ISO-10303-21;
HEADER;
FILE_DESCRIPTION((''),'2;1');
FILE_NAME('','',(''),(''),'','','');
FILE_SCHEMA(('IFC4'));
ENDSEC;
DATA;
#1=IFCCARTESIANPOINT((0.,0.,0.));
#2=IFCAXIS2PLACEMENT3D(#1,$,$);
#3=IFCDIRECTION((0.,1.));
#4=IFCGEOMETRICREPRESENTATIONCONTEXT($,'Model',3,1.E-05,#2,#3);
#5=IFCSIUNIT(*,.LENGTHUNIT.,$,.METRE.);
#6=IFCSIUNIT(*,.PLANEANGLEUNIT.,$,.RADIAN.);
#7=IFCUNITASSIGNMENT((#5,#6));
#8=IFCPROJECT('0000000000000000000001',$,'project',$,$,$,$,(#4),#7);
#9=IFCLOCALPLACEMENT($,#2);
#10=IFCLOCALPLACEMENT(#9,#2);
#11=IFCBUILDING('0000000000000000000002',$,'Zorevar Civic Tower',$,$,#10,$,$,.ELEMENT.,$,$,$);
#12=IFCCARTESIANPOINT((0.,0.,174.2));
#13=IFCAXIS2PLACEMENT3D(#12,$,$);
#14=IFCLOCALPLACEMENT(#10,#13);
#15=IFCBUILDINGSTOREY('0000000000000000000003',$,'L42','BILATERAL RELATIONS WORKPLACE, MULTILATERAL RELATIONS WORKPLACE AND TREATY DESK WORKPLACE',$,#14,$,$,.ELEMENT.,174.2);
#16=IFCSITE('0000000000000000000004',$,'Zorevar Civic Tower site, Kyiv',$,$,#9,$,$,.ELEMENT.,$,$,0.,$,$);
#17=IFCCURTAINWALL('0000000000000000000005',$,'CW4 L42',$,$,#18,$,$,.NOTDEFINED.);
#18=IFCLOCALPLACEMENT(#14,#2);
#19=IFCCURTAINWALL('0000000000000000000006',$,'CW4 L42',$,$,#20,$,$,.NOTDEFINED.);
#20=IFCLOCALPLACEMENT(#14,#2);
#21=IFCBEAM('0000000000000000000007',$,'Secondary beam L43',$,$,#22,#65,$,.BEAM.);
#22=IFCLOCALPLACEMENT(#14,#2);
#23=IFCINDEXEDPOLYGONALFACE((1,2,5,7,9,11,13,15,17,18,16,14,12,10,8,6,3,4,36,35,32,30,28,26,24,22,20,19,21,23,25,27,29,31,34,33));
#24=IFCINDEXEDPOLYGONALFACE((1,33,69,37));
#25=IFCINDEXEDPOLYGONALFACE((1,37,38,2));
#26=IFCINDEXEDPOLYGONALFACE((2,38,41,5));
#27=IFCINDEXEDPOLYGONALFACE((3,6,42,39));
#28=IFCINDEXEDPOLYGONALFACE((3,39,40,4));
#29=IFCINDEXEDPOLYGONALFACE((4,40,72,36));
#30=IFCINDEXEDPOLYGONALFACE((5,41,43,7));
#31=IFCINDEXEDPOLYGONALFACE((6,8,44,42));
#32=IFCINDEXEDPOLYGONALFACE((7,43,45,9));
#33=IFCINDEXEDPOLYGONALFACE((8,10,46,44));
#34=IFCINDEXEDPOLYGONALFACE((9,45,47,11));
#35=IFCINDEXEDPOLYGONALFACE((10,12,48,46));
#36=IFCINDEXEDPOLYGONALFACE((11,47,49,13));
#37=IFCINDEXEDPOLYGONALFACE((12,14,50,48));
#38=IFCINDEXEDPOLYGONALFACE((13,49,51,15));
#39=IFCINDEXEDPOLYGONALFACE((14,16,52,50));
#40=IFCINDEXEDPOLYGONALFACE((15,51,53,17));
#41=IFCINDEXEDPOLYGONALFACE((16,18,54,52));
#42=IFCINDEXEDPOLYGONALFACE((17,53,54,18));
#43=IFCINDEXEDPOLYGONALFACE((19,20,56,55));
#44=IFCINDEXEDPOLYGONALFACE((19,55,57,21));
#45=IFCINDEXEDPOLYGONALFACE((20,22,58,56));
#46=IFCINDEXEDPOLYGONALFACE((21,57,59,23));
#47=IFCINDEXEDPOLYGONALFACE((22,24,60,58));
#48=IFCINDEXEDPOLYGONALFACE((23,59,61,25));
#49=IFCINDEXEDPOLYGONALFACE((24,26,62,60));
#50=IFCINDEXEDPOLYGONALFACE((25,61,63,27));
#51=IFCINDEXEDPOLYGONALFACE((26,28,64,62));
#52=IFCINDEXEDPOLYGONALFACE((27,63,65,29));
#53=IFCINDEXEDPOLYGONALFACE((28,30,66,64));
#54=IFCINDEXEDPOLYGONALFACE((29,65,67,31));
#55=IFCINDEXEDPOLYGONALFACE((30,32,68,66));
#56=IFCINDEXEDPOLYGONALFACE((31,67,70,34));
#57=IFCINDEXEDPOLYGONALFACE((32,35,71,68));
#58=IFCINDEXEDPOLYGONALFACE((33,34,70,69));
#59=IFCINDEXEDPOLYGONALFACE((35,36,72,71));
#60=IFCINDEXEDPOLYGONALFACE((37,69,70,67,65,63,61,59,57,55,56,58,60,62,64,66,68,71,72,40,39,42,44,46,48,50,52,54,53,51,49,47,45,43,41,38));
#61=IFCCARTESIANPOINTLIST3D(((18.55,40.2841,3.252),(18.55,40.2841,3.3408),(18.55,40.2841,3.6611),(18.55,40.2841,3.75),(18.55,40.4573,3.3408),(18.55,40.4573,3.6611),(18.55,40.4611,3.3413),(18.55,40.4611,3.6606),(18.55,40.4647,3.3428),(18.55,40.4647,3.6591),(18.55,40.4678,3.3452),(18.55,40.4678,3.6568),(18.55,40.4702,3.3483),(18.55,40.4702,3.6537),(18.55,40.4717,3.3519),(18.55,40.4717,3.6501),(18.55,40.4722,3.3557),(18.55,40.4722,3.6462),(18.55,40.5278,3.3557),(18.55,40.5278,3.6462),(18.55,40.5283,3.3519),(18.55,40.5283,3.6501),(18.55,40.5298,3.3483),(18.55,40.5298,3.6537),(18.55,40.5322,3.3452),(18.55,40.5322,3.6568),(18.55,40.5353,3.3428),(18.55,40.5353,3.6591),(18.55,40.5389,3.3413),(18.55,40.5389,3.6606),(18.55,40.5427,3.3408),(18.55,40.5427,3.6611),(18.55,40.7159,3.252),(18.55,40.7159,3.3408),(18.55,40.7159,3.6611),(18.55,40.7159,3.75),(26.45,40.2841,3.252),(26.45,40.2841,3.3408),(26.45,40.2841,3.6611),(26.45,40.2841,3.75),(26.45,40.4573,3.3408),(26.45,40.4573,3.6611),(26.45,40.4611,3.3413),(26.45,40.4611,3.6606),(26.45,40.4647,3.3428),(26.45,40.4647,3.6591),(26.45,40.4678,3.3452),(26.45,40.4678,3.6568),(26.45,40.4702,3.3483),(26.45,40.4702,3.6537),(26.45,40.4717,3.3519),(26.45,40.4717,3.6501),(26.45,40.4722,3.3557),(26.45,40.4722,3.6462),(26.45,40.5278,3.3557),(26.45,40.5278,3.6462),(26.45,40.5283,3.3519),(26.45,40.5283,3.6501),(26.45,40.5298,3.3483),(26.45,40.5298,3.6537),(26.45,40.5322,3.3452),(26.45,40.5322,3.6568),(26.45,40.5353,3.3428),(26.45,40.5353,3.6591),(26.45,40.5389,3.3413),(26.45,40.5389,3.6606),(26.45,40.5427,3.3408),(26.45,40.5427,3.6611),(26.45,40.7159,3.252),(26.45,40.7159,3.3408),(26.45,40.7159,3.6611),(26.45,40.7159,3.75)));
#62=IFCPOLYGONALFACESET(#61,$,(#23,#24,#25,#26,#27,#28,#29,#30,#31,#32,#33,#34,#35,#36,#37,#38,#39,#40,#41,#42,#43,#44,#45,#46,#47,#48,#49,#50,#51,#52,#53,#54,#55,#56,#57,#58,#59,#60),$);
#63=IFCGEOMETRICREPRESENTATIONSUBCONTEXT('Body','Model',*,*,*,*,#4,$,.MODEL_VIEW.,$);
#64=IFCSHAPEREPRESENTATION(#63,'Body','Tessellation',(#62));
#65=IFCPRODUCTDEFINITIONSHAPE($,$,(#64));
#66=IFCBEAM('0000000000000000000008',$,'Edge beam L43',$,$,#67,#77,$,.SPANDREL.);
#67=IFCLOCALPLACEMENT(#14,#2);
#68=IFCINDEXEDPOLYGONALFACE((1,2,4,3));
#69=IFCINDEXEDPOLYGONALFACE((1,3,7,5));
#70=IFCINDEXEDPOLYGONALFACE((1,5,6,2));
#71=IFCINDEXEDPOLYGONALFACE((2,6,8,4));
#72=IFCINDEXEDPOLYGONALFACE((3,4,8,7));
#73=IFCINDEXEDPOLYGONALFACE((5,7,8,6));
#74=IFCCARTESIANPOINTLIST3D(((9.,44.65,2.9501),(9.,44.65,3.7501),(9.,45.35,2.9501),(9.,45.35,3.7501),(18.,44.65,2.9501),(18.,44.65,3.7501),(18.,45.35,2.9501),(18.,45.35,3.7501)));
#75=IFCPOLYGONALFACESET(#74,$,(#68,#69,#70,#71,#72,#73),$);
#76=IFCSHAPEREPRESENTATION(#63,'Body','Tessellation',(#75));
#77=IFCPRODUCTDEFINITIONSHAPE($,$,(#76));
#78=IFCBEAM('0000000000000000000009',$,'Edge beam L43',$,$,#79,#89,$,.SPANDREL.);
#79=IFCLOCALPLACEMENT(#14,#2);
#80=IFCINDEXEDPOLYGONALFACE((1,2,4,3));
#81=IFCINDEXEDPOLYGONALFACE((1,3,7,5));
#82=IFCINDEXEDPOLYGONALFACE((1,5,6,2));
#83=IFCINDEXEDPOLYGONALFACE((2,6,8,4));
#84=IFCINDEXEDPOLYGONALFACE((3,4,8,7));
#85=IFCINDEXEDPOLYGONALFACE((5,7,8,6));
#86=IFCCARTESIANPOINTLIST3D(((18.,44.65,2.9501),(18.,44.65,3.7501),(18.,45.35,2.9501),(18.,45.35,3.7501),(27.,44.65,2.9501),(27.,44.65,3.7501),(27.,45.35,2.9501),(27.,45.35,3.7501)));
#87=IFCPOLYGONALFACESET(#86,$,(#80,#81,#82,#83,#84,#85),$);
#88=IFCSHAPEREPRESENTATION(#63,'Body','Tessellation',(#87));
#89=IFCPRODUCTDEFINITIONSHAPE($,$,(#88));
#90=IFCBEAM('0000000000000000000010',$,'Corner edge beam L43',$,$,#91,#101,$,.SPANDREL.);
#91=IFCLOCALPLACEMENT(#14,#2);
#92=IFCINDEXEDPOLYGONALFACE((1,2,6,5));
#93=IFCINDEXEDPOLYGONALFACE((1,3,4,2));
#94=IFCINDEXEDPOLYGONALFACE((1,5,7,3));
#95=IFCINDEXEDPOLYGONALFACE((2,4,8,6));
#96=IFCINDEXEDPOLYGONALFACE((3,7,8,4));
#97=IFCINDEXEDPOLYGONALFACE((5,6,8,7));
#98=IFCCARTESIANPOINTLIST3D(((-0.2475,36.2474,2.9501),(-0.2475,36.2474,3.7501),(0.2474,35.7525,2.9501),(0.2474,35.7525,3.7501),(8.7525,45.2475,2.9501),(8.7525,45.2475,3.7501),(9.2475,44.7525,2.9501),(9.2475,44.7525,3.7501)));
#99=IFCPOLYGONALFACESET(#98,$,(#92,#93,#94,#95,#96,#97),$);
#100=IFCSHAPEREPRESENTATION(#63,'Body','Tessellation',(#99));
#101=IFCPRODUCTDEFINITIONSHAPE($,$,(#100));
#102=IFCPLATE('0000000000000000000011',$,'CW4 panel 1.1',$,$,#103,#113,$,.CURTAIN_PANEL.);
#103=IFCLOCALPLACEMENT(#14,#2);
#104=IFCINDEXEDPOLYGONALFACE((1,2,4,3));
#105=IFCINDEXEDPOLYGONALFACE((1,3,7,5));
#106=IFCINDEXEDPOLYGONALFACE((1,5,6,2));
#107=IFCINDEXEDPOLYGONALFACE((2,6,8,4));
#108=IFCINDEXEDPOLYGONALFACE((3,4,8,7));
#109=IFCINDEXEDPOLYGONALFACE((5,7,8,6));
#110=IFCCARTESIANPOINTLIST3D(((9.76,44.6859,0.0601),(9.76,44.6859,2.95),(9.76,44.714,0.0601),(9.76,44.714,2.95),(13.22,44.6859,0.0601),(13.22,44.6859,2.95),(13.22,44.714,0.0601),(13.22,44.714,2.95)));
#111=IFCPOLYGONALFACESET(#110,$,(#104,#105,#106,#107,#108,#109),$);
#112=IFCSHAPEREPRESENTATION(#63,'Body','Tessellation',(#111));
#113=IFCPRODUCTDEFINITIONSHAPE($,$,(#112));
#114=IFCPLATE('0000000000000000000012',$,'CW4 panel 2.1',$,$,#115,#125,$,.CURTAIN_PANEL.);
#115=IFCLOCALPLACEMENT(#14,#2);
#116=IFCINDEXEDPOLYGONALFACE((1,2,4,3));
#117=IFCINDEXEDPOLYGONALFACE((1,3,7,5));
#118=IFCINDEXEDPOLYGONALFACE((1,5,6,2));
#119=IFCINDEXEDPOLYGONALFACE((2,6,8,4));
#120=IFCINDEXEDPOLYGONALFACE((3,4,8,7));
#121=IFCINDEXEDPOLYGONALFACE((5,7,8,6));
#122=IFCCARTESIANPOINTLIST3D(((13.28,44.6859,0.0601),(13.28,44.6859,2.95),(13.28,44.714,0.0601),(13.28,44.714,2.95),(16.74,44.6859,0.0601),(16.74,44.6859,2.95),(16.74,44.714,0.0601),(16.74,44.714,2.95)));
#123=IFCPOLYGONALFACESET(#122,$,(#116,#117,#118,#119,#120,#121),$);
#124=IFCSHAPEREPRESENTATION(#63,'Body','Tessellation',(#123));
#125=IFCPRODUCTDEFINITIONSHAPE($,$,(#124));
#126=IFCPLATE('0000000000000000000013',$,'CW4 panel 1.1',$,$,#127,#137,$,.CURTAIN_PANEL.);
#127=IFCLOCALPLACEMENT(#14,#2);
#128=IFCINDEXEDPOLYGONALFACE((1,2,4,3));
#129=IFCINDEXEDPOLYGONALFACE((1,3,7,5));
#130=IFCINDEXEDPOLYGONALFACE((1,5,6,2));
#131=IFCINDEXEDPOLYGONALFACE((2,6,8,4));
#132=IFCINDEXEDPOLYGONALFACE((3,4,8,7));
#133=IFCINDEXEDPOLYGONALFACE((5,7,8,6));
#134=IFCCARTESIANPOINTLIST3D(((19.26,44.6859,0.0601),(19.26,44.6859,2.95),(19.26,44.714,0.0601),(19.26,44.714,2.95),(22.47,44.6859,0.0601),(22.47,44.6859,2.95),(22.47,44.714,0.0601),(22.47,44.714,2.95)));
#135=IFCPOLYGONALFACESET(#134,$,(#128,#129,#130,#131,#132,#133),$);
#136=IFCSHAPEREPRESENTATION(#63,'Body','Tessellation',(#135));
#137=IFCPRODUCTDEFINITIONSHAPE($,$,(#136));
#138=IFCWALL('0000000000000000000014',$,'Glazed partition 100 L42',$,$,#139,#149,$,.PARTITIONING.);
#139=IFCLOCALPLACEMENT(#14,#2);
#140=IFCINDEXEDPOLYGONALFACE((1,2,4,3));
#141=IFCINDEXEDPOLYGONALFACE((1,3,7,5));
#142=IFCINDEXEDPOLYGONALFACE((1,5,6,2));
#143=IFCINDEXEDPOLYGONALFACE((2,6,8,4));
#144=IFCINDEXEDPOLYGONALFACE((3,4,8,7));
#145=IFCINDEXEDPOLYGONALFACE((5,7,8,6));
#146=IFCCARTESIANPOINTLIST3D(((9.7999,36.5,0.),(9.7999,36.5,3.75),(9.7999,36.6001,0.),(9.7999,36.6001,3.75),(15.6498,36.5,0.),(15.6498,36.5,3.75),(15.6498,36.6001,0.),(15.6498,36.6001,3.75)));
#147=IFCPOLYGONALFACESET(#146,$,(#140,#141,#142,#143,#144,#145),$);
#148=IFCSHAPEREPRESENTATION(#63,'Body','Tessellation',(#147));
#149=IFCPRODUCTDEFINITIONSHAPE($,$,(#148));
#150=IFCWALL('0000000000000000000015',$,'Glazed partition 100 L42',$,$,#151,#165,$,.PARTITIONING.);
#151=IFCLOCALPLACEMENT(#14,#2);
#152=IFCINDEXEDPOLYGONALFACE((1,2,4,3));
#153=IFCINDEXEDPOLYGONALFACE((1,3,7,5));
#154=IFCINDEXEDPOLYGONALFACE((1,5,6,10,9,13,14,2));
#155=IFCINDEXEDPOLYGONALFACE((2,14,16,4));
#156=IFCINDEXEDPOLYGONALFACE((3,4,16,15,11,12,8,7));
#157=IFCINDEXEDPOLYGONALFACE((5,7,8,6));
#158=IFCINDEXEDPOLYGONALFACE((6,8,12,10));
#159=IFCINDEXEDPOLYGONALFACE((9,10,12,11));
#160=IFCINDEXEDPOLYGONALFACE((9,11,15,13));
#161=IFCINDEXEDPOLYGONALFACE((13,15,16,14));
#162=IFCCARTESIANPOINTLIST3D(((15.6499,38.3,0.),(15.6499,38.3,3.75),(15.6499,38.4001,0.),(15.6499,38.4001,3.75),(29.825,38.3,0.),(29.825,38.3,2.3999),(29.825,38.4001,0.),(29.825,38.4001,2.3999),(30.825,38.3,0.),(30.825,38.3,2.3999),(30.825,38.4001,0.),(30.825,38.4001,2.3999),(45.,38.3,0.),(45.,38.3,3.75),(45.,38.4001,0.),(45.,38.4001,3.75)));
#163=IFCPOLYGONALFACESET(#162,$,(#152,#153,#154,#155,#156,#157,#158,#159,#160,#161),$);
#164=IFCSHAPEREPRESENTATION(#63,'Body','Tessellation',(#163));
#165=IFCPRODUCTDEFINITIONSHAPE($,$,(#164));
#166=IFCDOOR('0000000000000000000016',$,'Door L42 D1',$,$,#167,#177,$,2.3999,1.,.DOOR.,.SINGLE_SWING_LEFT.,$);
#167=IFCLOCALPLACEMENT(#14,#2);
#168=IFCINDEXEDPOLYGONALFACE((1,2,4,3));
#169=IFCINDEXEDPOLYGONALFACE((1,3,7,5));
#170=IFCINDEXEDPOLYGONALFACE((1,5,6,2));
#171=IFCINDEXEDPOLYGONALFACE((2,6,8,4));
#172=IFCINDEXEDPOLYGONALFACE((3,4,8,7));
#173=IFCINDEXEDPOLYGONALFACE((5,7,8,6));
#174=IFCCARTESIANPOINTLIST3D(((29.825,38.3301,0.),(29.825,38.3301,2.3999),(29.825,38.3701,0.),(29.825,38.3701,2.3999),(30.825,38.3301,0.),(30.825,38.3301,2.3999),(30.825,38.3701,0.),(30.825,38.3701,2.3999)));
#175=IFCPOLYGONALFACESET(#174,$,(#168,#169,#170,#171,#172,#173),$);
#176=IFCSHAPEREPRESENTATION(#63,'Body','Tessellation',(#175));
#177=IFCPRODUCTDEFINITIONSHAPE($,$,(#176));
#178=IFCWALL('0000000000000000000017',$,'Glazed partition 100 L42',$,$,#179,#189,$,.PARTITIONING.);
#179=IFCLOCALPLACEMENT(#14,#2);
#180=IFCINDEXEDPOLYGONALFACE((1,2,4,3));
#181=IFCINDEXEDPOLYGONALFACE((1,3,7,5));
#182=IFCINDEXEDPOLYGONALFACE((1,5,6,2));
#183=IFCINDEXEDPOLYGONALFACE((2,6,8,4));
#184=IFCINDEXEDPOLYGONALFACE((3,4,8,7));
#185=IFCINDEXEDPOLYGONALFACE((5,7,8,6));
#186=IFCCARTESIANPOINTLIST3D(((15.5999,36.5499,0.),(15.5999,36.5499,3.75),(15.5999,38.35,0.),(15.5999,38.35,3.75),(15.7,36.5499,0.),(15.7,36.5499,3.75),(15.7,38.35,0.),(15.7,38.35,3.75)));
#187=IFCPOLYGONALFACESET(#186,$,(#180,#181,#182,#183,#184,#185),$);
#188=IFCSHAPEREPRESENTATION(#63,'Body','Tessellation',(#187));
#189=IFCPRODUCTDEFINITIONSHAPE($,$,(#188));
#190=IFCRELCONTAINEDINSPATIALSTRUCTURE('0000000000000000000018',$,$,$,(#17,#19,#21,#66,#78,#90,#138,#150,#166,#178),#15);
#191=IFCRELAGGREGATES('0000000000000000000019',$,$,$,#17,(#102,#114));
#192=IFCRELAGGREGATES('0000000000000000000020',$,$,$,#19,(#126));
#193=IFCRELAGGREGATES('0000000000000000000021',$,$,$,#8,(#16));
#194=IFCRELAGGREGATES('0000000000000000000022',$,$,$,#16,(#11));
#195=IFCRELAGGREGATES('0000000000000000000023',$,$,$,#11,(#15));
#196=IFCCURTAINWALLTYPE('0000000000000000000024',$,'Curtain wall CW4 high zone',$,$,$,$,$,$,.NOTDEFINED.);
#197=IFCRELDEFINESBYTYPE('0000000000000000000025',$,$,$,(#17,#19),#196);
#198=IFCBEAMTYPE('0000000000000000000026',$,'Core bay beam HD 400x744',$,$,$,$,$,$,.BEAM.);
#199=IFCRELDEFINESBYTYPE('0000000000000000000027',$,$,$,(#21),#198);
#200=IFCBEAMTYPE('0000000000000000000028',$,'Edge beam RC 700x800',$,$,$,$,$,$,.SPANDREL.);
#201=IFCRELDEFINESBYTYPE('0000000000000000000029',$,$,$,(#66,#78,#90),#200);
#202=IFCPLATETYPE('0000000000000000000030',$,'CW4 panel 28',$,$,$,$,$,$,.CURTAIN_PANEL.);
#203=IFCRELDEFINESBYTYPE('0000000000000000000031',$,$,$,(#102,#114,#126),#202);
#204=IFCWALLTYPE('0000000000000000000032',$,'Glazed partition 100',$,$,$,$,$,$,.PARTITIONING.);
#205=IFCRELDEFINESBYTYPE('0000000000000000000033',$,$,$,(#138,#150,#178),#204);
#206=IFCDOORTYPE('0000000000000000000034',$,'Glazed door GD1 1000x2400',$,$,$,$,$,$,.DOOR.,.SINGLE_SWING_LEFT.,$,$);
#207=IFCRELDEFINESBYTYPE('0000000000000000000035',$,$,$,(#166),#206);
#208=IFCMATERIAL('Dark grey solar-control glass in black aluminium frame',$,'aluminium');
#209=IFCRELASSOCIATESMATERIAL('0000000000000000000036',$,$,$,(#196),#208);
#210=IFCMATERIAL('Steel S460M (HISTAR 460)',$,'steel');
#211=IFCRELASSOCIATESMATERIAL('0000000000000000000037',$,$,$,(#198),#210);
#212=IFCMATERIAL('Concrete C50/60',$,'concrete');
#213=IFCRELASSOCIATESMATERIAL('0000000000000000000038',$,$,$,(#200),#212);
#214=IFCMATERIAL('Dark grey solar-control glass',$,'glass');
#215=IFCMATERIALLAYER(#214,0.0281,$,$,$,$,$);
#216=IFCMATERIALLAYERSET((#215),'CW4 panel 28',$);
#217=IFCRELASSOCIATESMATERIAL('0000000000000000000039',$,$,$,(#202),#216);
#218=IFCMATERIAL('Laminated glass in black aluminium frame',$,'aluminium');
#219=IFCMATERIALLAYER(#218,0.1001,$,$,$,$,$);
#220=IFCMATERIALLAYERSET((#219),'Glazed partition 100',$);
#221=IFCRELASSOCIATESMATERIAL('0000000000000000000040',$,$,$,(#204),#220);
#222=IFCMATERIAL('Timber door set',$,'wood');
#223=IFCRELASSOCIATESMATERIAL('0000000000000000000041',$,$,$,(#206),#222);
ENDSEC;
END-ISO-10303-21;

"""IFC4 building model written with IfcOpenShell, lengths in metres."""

from ifc_helpers import new_model, si_unit, direction, frame, frame_2d, origin, origin_2d, place, context, subcontext, project, spatial, rectangle, i_section, extrude, material, layer, layer_set, material_profile, profile_set, type_object, element, fill, aggregate, save


model = new_model("IFC4")

# Units and contexts
model_context = context("Model", 3, precision=1e-05, world=origin(), true_north=direction((0.0, 1.0)))
body_context = subcontext(model_context, "Body", "Model", "MODEL_VIEW")
ifc_project = project(units=[si_unit("LENGTHUNIT", "METRE"), si_unit("PLANEANGLEUNIT", "RADIAN")], contexts=[model_context])

# Site, building, storey
site_placement = place(None, origin())
site = spatial("IfcSite", under=ifc_project, at=site_placement, Name="Zorevar Civic Tower site, Kyiv", CompositionType="ELEMENT", RefElevation=0.0)
building_placement = place(site_placement, origin())
building = spatial("IfcBuilding", under=site, at=building_placement, Name="Zorevar Civic Tower", CompositionType="ELEMENT")
storey_placement = place(building_placement, frame((0.0, 0.0, 174.2)))
storey = spatial("IfcBuildingStorey", under=building, at=storey_placement, Name="L42", Description="BILATERAL RELATIONS WORKPLACE, MULTILATERAL RELATIONS WORKPLACE AND TREATY DESK WORKPLACE", CompositionType="ELEMENT", Elevation=174.2)

# Curtain wall
ifc_material_1 = material(Name="Dark grey solar-control glass in black aluminium frame", Category="aluminium")
curtain_wall_type = type_object("IfcCurtainWallType", Name="Curtain wall CW4 high zone", PredefinedType="NOTDEFINED", material=ifc_material_1)
curtain_wall_1_placement = place(storey_placement, origin())
curtain_wall_1 = element("IfcCurtainWall", 1, at=curtain_wall_1_placement, inside=storey, type_object=curtain_wall_type, Name="CW4 L42", PredefinedType="NOTDEFINED")

# Curtain wall
curtain_wall_2_placement = place(storey_placement, origin())
curtain_wall_2 = element("IfcCurtainWall", 2, at=curtain_wall_2_placement, inside=storey, type_object=curtain_wall_type, Name="CW4 L42", PredefinedType="NOTDEFINED")

# Beams
ifc_material_2 = material(Name="Steel S460M (HISTAR 460)", Category="steel")
ifc_material_profile_1 = material_profile(ifc_material_2, i_section(OverallWidth=0.4319, OverallDepth=0.498, WebThickness=0.0557, FlangeThickness=0.0889, FilletRadius=0.0149, at=origin_2d()), Name="HD 400x744")
ifc_profile_set_1 = profile_set([ifc_material_profile_1], Name="Steel S460M (HISTAR 460)")
beam_type_1 = type_object("IfcBeamType", Name="Core bay beam HD 400x744", PredefinedType="BEAM", material=ifc_profile_set_1)
beam_1_placement = place(storey_placement, frame((18.55, 40.5, 3.501), z_axis=(1.0, 0.0, 0.0), x_axis=(0.0, 1.0, 0.0)))
element("IfcBeam", 3, at=beam_1_placement, inside=storey, type_object=beam_type_1, Name="Secondary beam L43", PredefinedType="BEAM", context=body_context, shape_type="SweptSolid", body=[
    extrude(i_section(OverallWidth=0.4319, OverallDepth=0.498, WebThickness=0.0557, FlangeThickness=0.0889, FilletRadius=0.0149, at=origin_2d()), origin(), (0.0, 0.0, 1.0), 7.8999),
])
ifc_material_3 = material(Name="Concrete C50/60", Category="concrete")
ifc_material_profile_2 = material_profile(ifc_material_3, rectangle(XDim=0.7, YDim=0.8, at=origin_2d()), Name="RC 700x800")
ifc_profile_set_2 = profile_set([ifc_material_profile_2], Name="Concrete C50/60")
beam_type_2 = type_object("IfcBeamType", Name="Edge beam RC 700x800", PredefinedType="SPANDREL", material=ifc_profile_set_2)
for number, where, z_axis, x_axis, name in (
    (4, (9.0, 45.0, 3.3501), (1.0, 0.0, 0.0), (0.0, 1.0, 0.0), "Edge beam L43"),
    (5, (18.0, 45.0, 3.3501), (1.0, 0.0, 0.0), (0.0, 1.0, 0.0), "Edge beam L43"),
):
    element("IfcBeam", number, at=place(storey_placement, frame(where, z_axis=z_axis, x_axis=x_axis)), inside=storey, type_object=beam_type_2, Name=name, PredefinedType="SPANDREL", context=body_context, shape_type="SweptSolid", body=[
        extrude(rectangle(XDim=0.7, YDim=0.8, at=origin_2d()), origin(), (0.0, 0.0, 1.0), 9.0),
    ])
beam_2_placement = place(storey_placement, frame((9.0, 45.0, 3.3501), z_axis=(-0.707107, -0.707107, 0.0), x_axis=(0.707107, -0.707107, 0.0)))
element("IfcBeam", 6, at=beam_2_placement, inside=storey, type_object=beam_type_2, Name="Corner edge beam L43", PredefinedType="SPANDREL", context=body_context, shape_type="SweptSolid", body=[
    extrude(rectangle(XDim=0.7, YDim=0.8, at=origin_2d()), origin(), (0.0, 0.0, 1.0), 12.728),
])

# Plates
ifc_material_4 = material(Name="Dark grey solar-control glass", Category="glass")
ifc_layer_1 = layer(ifc_material_4, 0.0281)
ifc_layer_set_1 = layer_set([ifc_layer_1], Name="CW4 panel 28")
plate_type = type_object("IfcPlateType", Name="CW4 panel 28", PredefinedType="CURTAIN_PANEL", material=ifc_layer_set_1)
plate_1_placement = place(storey_placement, frame((11.49, 44.7, 0.0601), z_axis=(0.0, 0.0, 1.0), x_axis=(1.0, 0.0, 0.0)))
plate_1 = element("IfcPlate", 7, at=plate_1_placement, type_object=plate_type, Name="CW4 panel 1.1", PredefinedType="CURTAIN_PANEL", context=body_context, shape_type="SweptSolid", body=[
    extrude(rectangle(XDim=3.46, YDim=0.0281, at=origin_2d()), origin(), (0.0, 0.0, 1.0), 2.8899),
])
plate_2_placement = place(storey_placement, frame((15.01, 44.7, 0.0601), z_axis=(0.0, 0.0, 1.0), x_axis=(1.0, 0.0, 0.0)))
plate_2 = element("IfcPlate", 8, at=plate_2_placement, type_object=plate_type, Name="CW4 panel 2.1", PredefinedType="CURTAIN_PANEL", context=body_context, shape_type="SweptSolid", body=[
    extrude(rectangle(XDim=3.46, YDim=0.0281, at=origin_2d()), origin(), (0.0, 0.0, 1.0), 2.8899),
])
aggregate(curtain_wall_1, [plate_1, plate_2])
plate_3_placement = place(storey_placement, frame((20.865, 44.7, 0.0601), z_axis=(0.0, 0.0, 1.0), x_axis=(1.0, 0.0, 0.0)))
plate_3 = element("IfcPlate", 9, at=plate_3_placement, type_object=plate_type, Name="CW4 panel 1.1", PredefinedType="CURTAIN_PANEL", context=body_context, shape_type="SweptSolid", body=[
    extrude(rectangle(XDim=3.21, YDim=0.0281, at=origin_2d()), origin(), (0.0, 0.0, 1.0), 2.8899),
])
aggregate(curtain_wall_2, [plate_3])

# Wall
ifc_material_5 = material(Name="Laminated glass in black aluminium frame", Category="aluminium")
ifc_layer_2 = layer(ifc_material_5, 0.1001)
ifc_layer_set_2 = layer_set([ifc_layer_2], Name="Glazed partition 100")
wall_type_1 = type_object("IfcWallType", Name="Glazed partition 100", PredefinedType="PARTITIONING", material=ifc_layer_set_2)
wall_1_placement = place(storey_placement, frame((9.8, 36.55, 0.0), z_axis=(0.0, 0.0, 1.0), x_axis=(1.0, 0.0, 0.0)))
element("IfcWall", 10, at=wall_1_placement, inside=storey, type_object=wall_type_1, Name="Glazed partition 100 L42", PredefinedType="PARTITIONING", context=body_context, shape_type="SweptSolid", body=[
    extrude(rectangle(XDim=5.8499, YDim=0.1001, at=frame_2d((2.9248, 0.0))), origin(), (0.0, 0.0, 1.0), 3.75),
])

# Wall, opening, door
wall_2_placement = place(storey_placement, frame((15.6499, 38.3501, 0.0), z_axis=(0.0, 0.0, 1.0), x_axis=(1.0, 0.0, 0.0)))
wall_2 = element("IfcWall", 11, at=wall_2_placement, inside=storey, type_object=wall_type_1, Name="Glazed partition 100 L42", PredefinedType="PARTITIONING", context=body_context, shape_type="SweptSolid", body=[
    extrude(rectangle(XDim=29.3501, YDim=0.1001, at=frame_2d((14.675, 0.0))), origin(), (0.0, 0.0, 1.0), 3.75),
])
opening_1_placement = place(wall_2_placement, frame((14.175, 0.0, 0.0)))
opening_1 = element("IfcOpeningElement", 12, at=opening_1_placement, cuts=wall_2, PredefinedType="OPENING", context=body_context, shape_type="SweptSolid", body=[
    extrude(rectangle(XDim=1.0, YDim=2.3999, at=frame_2d((0.5, 1.2))), frame((0.0, 0.0601, 0.0), z_axis=(0.0, -1.0, 0.0), x_axis=(1.0, 0.0, 0.0)), (0.0, 0.0, 1.0), 0.1201),
])
ifc_material_6 = material(Name="Timber door set", Category="wood")
door_type_1 = type_object("IfcDoorType", Name="Glazed door GD1 1000x2400", OperationType="SINGLE_SWING_LEFT", PredefinedType="DOOR", material=ifc_material_6)
door_1_placement = place(opening_1_placement, origin())
door_1 = element("IfcDoor", 13, at=door_1_placement, inside=storey, type_object=door_type_1, Name="Door L42 D1", OperationType="SINGLE_SWING_LEFT", OverallHeight=2.3999, OverallWidth=1.0, PredefinedType="DOOR", context=body_context, shape_type="SweptSolid", body=[
    extrude(rectangle(XDim=1.0, YDim=2.3999, at=frame_2d((0.5, 1.2))), frame((0.0, 0.02, 0.0), z_axis=(0.0, -1.0, 0.0), x_axis=(1.0, 0.0, 0.0)), (0.0, 0.0, 1.0), 0.04),
])
fill(opening_1, door_1)

# Wall
wall_3_placement = place(storey_placement, frame((15.6499, 36.55, 0.0), z_axis=(0.0, 0.0, 1.0), x_axis=(0.0, 1.0, 0.0)))
element("IfcWall", 14, at=wall_3_placement, inside=storey, type_object=wall_type_1, Name="Glazed partition 100 L42", PredefinedType="PARTITIONING", context=body_context, shape_type="SweptSolid", body=[
    extrude(rectangle(XDim=1.8, YDim=0.1001, at=frame_2d((0.8999, 0.0))), origin(), (0.0, 0.0, 1.0), 3.75),
])

save(model, "model.ifc")
